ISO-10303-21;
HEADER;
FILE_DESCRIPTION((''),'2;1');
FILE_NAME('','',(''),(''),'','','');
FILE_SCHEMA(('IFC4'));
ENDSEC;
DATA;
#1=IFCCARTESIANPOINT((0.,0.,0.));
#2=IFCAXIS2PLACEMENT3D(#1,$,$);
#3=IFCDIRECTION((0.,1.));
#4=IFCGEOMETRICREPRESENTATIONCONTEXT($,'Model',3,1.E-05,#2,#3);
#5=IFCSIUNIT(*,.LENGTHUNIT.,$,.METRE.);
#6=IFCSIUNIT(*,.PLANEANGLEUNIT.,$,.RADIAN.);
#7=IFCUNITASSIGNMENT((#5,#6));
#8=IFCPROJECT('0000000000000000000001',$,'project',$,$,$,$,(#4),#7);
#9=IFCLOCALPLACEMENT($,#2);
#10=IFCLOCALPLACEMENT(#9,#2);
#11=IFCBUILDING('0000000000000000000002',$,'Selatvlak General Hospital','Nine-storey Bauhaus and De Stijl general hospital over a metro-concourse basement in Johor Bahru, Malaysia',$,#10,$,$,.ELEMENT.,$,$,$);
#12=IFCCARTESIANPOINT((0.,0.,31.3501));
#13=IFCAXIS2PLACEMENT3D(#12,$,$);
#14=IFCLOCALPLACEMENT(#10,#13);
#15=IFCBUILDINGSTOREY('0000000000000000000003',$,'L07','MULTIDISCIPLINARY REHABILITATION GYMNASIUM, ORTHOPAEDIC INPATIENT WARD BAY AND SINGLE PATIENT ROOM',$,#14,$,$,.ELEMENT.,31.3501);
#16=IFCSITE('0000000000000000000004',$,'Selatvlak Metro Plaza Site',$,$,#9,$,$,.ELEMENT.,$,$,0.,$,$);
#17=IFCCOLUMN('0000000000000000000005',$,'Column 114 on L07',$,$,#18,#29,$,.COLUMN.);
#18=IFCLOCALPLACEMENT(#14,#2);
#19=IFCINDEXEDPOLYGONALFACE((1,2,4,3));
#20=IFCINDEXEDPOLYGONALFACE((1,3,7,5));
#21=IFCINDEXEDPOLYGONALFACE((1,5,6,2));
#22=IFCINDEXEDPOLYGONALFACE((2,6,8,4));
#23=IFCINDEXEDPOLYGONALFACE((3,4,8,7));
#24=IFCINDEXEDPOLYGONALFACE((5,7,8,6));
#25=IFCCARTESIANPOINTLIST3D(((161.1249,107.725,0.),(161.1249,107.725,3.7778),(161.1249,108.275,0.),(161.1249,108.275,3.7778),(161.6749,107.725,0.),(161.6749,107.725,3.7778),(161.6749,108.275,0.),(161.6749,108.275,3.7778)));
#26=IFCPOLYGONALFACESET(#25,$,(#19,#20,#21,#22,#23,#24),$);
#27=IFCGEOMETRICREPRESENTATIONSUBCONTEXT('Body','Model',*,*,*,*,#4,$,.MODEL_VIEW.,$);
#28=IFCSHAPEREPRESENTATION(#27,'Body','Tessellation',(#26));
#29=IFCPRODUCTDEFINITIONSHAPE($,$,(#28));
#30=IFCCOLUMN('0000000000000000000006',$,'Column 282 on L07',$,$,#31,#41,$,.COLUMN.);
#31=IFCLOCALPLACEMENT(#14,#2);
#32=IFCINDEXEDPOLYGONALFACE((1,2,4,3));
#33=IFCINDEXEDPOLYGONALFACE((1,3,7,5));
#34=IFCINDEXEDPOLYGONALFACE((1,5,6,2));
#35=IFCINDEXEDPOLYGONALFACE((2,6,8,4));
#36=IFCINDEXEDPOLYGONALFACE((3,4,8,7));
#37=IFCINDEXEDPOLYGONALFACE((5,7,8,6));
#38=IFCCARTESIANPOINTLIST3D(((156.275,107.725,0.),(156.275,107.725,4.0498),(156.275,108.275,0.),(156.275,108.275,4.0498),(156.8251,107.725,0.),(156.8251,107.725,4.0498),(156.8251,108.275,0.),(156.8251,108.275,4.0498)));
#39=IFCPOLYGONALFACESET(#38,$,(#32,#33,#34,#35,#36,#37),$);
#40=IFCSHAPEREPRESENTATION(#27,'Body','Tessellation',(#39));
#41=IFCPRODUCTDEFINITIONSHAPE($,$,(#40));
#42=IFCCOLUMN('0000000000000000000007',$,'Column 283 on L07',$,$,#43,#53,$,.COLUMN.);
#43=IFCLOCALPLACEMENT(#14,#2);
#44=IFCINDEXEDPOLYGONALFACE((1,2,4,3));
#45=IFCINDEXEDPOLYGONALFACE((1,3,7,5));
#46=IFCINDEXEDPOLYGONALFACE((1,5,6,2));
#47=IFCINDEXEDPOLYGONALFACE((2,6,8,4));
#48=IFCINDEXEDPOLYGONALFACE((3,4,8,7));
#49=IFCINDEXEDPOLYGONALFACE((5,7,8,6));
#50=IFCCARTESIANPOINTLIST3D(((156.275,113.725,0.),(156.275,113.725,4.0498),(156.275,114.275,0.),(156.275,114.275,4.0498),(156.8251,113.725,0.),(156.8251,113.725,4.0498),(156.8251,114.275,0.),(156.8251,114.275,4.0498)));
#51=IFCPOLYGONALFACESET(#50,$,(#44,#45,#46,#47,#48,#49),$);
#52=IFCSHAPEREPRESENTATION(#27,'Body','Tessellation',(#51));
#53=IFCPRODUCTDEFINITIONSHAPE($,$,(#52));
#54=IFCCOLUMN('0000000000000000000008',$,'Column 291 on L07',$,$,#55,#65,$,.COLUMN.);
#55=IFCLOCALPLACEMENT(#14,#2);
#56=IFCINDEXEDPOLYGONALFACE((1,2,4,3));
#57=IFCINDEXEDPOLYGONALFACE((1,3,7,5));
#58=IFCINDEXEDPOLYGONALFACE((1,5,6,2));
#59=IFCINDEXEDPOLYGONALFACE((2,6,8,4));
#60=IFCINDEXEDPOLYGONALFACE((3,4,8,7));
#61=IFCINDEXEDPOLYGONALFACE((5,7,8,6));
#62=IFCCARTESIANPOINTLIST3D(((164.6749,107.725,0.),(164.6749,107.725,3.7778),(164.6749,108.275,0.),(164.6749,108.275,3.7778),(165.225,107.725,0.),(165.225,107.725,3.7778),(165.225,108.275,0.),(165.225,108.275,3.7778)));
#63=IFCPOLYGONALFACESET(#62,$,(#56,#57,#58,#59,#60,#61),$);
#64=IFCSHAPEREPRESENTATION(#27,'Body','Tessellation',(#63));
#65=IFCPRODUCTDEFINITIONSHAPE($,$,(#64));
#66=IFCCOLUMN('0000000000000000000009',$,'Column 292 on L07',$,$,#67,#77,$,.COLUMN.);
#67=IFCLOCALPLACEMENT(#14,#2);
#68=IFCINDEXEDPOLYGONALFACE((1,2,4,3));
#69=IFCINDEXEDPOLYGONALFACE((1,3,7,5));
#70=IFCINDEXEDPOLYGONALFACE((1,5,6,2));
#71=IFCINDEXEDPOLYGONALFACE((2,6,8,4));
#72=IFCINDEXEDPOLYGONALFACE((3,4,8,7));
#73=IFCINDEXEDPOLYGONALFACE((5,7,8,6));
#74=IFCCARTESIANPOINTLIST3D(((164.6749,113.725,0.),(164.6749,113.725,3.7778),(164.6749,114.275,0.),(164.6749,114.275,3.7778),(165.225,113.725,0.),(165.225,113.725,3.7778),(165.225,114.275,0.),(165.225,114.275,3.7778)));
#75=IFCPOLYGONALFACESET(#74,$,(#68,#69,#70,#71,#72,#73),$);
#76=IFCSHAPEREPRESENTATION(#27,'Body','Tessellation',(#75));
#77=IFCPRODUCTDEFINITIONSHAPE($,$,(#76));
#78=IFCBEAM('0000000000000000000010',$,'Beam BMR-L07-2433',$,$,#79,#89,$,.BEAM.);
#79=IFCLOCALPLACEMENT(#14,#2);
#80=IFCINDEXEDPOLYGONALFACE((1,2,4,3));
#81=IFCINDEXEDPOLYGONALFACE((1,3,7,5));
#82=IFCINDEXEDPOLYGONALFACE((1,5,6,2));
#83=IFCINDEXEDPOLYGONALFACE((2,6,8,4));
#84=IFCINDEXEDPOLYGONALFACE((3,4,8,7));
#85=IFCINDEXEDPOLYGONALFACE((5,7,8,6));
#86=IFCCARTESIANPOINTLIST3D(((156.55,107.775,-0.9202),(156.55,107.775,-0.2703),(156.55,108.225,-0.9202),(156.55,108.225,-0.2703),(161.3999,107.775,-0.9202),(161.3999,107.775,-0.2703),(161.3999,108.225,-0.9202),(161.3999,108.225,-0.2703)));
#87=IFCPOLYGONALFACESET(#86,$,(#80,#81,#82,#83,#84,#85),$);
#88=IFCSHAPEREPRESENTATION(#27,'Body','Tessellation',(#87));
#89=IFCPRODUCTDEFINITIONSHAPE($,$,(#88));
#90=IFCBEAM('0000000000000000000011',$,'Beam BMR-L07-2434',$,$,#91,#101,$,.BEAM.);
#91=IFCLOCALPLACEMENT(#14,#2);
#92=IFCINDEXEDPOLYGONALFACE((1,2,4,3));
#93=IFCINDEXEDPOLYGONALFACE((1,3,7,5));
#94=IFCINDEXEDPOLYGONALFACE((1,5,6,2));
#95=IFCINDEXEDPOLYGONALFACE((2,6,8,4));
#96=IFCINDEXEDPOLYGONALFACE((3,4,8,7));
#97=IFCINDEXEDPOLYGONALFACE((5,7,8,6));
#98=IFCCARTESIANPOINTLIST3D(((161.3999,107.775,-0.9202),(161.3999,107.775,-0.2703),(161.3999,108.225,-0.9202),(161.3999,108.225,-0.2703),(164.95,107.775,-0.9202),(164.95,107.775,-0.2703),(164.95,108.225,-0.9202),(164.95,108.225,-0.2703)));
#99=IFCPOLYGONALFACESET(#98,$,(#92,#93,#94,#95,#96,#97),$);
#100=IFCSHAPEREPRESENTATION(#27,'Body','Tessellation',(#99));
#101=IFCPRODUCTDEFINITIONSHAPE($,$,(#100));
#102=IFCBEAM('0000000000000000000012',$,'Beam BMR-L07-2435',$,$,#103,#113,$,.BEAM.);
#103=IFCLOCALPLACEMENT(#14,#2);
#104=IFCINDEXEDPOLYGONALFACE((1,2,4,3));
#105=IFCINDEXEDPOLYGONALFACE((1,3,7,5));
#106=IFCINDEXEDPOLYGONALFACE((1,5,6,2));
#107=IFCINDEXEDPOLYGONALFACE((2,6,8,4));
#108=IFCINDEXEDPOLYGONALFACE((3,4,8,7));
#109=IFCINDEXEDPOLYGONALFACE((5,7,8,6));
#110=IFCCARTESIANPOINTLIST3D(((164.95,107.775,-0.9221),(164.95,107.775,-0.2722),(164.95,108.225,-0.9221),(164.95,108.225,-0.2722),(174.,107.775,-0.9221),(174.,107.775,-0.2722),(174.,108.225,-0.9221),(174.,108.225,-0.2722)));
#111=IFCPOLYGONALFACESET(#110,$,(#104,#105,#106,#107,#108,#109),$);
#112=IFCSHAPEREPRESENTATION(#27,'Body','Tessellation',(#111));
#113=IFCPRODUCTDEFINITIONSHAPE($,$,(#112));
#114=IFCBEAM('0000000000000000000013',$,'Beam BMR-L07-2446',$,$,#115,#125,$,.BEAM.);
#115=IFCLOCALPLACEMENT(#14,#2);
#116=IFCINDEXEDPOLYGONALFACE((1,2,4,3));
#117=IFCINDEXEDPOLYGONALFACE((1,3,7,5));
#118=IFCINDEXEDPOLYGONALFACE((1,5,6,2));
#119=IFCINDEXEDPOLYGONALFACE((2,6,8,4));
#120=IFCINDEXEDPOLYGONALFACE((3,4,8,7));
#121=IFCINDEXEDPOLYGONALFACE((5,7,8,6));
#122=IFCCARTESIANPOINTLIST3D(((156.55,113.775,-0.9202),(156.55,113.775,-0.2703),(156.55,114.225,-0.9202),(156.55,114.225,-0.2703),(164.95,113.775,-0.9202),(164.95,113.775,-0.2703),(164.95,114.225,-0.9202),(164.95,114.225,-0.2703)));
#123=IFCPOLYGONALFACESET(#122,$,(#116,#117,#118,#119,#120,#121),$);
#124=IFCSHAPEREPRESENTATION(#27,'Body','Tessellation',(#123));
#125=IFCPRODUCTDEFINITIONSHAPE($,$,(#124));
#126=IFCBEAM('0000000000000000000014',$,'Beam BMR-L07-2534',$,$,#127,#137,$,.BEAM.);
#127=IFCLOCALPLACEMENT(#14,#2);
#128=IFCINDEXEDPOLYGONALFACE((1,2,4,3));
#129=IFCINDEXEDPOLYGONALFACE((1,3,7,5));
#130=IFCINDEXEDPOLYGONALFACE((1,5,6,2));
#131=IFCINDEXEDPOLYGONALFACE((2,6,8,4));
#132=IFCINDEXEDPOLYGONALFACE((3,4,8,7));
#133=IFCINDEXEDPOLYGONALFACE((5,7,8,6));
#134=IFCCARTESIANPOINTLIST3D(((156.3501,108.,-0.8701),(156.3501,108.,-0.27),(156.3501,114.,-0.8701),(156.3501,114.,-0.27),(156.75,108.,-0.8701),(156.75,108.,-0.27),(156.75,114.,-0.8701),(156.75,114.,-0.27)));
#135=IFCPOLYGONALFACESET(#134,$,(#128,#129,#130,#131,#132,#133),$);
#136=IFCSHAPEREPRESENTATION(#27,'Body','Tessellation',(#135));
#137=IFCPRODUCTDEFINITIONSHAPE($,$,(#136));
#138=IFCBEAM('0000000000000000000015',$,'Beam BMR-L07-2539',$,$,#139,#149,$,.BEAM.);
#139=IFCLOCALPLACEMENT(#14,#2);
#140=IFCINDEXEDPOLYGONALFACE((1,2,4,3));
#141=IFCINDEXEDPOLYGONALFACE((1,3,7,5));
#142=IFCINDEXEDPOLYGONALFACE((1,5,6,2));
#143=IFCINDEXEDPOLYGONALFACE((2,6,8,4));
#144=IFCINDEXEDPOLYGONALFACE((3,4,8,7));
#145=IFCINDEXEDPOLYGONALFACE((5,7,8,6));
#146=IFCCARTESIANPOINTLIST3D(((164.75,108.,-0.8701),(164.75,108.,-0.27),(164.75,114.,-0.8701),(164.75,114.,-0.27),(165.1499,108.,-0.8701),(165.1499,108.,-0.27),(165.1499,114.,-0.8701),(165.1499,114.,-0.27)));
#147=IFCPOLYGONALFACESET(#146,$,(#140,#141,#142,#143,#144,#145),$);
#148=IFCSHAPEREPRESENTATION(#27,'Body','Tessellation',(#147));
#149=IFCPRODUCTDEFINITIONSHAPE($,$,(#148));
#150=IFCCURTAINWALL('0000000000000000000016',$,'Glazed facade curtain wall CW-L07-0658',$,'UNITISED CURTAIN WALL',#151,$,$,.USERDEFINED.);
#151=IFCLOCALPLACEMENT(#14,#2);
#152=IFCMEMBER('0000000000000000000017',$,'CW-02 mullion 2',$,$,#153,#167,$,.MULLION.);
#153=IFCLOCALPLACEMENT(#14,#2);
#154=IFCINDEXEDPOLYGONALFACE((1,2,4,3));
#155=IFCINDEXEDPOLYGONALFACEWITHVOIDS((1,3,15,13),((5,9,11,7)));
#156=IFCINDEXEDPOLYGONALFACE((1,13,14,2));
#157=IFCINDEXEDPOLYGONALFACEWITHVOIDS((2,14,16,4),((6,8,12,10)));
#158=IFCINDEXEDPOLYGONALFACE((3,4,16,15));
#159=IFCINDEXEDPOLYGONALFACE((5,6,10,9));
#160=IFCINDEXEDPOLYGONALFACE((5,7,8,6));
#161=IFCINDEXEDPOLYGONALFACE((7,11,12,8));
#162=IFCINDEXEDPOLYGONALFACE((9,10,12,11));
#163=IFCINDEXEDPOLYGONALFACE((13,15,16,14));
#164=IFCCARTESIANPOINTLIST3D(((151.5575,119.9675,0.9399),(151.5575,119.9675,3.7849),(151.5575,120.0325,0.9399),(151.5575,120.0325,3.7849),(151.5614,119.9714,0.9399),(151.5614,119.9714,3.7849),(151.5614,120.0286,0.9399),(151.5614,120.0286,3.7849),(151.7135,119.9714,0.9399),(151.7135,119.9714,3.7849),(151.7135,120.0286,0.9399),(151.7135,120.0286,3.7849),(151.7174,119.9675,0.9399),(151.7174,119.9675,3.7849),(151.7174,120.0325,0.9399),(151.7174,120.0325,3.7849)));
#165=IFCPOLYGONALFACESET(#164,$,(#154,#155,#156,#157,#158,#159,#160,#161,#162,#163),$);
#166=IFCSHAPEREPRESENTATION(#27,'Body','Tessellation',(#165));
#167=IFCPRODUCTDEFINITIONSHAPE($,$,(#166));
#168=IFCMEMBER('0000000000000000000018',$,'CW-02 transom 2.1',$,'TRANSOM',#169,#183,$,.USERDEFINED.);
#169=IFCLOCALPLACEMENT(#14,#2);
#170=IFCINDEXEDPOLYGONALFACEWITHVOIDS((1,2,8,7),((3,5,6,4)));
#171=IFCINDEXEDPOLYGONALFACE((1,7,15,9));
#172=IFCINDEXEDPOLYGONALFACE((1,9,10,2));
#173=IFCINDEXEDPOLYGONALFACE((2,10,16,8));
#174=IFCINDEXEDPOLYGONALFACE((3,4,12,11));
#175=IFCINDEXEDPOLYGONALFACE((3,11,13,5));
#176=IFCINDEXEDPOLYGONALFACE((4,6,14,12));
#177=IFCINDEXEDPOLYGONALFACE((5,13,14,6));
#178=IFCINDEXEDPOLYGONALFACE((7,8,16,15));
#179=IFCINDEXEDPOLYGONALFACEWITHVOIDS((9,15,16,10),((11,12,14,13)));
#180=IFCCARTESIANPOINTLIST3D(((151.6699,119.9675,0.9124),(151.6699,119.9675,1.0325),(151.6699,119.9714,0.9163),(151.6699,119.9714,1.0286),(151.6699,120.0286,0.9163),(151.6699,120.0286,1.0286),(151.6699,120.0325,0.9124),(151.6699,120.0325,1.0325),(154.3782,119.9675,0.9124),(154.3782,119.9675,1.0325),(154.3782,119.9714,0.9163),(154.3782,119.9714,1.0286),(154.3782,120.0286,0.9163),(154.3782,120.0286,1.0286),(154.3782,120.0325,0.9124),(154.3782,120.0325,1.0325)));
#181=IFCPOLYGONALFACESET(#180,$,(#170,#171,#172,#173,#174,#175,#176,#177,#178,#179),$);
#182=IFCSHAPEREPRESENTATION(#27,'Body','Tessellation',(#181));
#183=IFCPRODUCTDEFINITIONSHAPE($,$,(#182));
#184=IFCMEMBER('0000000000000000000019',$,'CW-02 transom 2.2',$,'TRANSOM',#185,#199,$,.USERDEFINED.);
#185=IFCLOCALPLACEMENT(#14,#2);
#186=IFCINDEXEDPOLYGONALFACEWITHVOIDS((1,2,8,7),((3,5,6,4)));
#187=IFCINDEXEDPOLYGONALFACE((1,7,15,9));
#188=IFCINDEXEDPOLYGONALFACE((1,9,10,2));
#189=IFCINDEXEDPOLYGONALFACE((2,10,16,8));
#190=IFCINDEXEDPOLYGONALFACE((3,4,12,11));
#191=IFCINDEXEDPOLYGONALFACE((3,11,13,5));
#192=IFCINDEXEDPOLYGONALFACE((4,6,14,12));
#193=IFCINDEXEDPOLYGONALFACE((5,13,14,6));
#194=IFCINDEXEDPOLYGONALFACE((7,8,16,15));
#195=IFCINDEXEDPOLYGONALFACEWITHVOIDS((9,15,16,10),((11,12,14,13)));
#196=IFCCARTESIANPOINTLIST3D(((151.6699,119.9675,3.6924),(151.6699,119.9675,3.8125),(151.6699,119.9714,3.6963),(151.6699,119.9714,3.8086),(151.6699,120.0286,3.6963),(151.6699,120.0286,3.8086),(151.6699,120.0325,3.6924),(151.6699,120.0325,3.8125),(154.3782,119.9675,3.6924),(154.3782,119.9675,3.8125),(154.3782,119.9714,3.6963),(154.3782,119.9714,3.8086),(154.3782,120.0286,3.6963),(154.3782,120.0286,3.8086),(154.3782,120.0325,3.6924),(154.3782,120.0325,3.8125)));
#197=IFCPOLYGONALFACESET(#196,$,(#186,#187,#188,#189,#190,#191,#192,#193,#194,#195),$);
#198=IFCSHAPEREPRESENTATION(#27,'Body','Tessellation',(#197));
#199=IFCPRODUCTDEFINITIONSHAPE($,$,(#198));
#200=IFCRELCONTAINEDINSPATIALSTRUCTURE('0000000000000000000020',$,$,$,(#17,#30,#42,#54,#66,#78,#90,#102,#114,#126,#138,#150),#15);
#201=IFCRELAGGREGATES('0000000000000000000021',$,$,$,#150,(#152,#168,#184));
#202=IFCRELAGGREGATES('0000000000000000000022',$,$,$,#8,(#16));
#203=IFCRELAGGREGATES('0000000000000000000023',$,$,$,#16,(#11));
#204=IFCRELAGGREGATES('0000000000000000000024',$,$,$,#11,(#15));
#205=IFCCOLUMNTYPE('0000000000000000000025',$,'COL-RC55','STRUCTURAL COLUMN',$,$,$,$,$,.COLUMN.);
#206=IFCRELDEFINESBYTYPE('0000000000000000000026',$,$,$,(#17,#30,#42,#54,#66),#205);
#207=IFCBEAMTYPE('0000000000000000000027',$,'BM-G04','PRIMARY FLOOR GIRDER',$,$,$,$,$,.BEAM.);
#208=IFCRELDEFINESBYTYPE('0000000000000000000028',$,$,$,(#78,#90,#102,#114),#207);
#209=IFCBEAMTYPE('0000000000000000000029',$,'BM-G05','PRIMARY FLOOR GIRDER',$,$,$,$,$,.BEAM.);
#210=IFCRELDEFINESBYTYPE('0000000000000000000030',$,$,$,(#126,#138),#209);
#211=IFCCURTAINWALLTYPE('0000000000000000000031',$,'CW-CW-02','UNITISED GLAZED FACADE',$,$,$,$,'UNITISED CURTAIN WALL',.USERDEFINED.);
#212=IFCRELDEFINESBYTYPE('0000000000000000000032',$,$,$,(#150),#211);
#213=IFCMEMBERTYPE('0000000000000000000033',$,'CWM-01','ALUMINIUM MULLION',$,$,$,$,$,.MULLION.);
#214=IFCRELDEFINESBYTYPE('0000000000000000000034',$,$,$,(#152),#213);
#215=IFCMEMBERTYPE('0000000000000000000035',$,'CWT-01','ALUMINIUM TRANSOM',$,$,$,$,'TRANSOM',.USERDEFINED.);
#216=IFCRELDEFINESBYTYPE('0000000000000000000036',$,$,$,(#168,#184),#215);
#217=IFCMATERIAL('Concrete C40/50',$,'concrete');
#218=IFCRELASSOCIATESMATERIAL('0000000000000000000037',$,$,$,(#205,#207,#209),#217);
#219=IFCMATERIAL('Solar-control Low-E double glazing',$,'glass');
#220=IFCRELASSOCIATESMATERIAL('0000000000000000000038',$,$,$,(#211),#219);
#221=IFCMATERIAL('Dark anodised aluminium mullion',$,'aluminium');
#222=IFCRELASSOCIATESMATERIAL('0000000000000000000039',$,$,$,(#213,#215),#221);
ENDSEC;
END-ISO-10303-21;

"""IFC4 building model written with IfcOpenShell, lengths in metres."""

from ifc_helpers import new_model, si_unit, direction, frame, origin, origin_2d, place, context, subcontext, project, spatial, rectangle, hollow_rectangle, extrude, material, material_profile, profile_set, type_object, element, aggregate, save


model = new_model("IFC4")

# Units and contexts
model_context = context("Model", 3, precision=1e-05, world=origin(), true_north=direction((0.0, 1.0)))
body_context = subcontext(model_context, "Body", "Model", "MODEL_VIEW")
ifc_project = project(units=[si_unit("LENGTHUNIT", "METRE"), si_unit("PLANEANGLEUNIT", "RADIAN")], contexts=[model_context])

# Site, building, storey
site_placement = place(None, origin())
site = spatial("IfcSite", under=ifc_project, at=site_placement, Name="Selatvlak Metro Plaza Site", CompositionType="ELEMENT", RefElevation=0.0)
building_placement = place(site_placement, origin())
building = spatial("IfcBuilding", under=site, at=building_placement, Name="Selatvlak General Hospital", Description="Nine-storey Bauhaus and De Stijl general hospital over a metro-concourse basement in Johor Bahru, Malaysia", CompositionType="ELEMENT")
storey_placement = place(building_placement, frame((0.0, 0.0, 31.3501)))
storey = spatial("IfcBuildingStorey", under=building, at=storey_placement, Name="L07", Description="MULTIDISCIPLINARY REHABILITATION GYMNASIUM, ORTHOPAEDIC INPATIENT WARD BAY AND SINGLE PATIENT ROOM", CompositionType="ELEMENT", Elevation=31.3501)

# Columns
ifc_material_1 = material(Name="Concrete C40/50", Category="concrete")
ifc_material_profile_1 = material_profile(ifc_material_1, rectangle(XDim=0.55, YDim=0.55, at=origin_2d()), Name="RC-COL 550x550")
ifc_profile_set_1 = profile_set([ifc_material_profile_1], Name="Concrete C40/50")
column_type = type_object("IfcColumnType", Name="COL-RC55", Description="STRUCTURAL COLUMN", PredefinedType="COLUMN", material=ifc_profile_set_1)
column_placement = place(storey_placement, frame((161.3999, 108.0, 0.0), z_axis=(0.0, 0.0, 1.0), x_axis=(1.0, 0.0, 0.0)))
element("IfcColumn", 1, at=column_placement, inside=storey, type_object=column_type, Name="Column 114 on L07", PredefinedType="COLUMN", context=body_context, shape_type="SweptSolid", body=[
    extrude(rectangle(XDim=0.55, YDim=0.55, at=origin_2d()), origin(), (0.0, 0.0, 1.0), 3.7778),
])
for number, where, z_axis, x_axis, name in (
    (2, (156.55, 108.0, 0.0), (0.0, 0.0, 1.0), (1.0, 0.0, 0.0), "Column 282 on L07"),
    (3, (156.55, 114.0, 0.0), (0.0, 0.0, 1.0), (1.0, 0.0, 0.0), "Column 283 on L07"),
):
    element("IfcColumn", number, at=place(storey_placement, frame(where, z_axis=z_axis, x_axis=x_axis)), inside=storey, type_object=column_type, Name=name, PredefinedType="COLUMN", context=body_context, shape_type="SweptSolid", body=[
        extrude(rectangle(XDim=0.55, YDim=0.55, at=origin_2d()), origin(), (0.0, 0.0, 1.0), 4.0498),
    ])
for number, where, z_axis, x_axis, name in (
    (4, (164.95, 108.0, 0.0), (0.0, 0.0, 1.0), (1.0, 0.0, 0.0), "Column 291 on L07"),
    (5, (164.95, 114.0, 0.0), (0.0, 0.0, 1.0), (1.0, 0.0, 0.0), "Column 292 on L07"),
):
    element("IfcColumn", number, at=place(storey_placement, frame(where, z_axis=z_axis, x_axis=x_axis)), inside=storey, type_object=column_type, Name=name, PredefinedType="COLUMN", context=body_context, shape_type="SweptSolid", body=[
        extrude(rectangle(XDim=0.55, YDim=0.55, at=origin_2d()), origin(), (0.0, 0.0, 1.0), 3.7778),
    ])

# Beams
ifc_material_profile_2 = material_profile(ifc_material_1, rectangle(XDim=0.45, YDim=0.6499, at=origin_2d()), Name="RC-BM 450x650")
ifc_profile_set_2 = profile_set([ifc_material_profile_2], Name="Concrete C40/50")
beam_type_1 = type_object("IfcBeamType", Name="BM-G04", Description="PRIMARY FLOOR GIRDER", PredefinedType="BEAM", material=ifc_profile_set_2)
beam_1_placement = place(storey_placement, frame((156.55, 108.0, -0.5952), z_axis=(1.0, 0.0, 0.0), x_axis=(0.0, 1.0, 0.0)))
element("IfcBeam", 6, at=beam_1_placement, inside=storey, type_object=beam_type_1, Name="Beam BMR-L07-2433", PredefinedType="BEAM", context=body_context, shape_type="SweptSolid", body=[
    extrude(rectangle(XDim=0.45, YDim=0.6499, at=origin_2d()), origin(), (0.0, 0.0, 1.0), 4.8499),
])
beam_2_placement = place(storey_placement, frame((161.3999, 108.0, -0.5952), z_axis=(1.0, 0.0, 0.0), x_axis=(0.0, 1.0, 0.0)))
element("IfcBeam", 7, at=beam_2_placement, inside=storey, type_object=beam_type_1, Name="Beam BMR-L07-2434", PredefinedType="BEAM", context=body_context, shape_type="SweptSolid", body=[
    extrude(rectangle(XDim=0.45, YDim=0.6499, at=origin_2d()), origin(), (0.0, 0.0, 1.0), 3.55),
])
beam_3_placement = place(storey_placement, frame((164.95, 108.0, -0.5972), z_axis=(1.0, 0.0, 0.0), x_axis=(0.0, 1.0, 0.0)))
element("IfcBeam", 8, at=beam_3_placement, inside=storey, type_object=beam_type_1, Name="Beam BMR-L07-2435", PredefinedType="BEAM", context=body_context, shape_type="SweptSolid", body=[
    extrude(rectangle(XDim=0.45, YDim=0.6499, at=origin_2d()), origin(), (0.0, 0.0, 1.0), 9.05),
])
beam_4_placement = place(storey_placement, frame((156.55, 114.0, -0.5952), z_axis=(1.0, 0.0, 0.0), x_axis=(0.0, 1.0, 0.0)))
element("IfcBeam", 9, at=beam_4_placement, inside=storey, type_object=beam_type_1, Name="Beam BMR-L07-2446", PredefinedType="BEAM", context=body_context, shape_type="SweptSolid", body=[
    extrude(rectangle(XDim=0.45, YDim=0.6499, at=origin_2d()), origin(), (0.0, 0.0, 1.0), 8.3999),
])
ifc_material_profile_3 = material_profile(ifc_material_1, rectangle(XDim=0.3999, YDim=0.6001, at=origin_2d()), Name="RC-BM 400x600")
ifc_profile_set_3 = profile_set([ifc_material_profile_3], Name="Concrete C40/50")
beam_type_2 = type_object("IfcBeamType", Name="BM-G05", Description="PRIMARY FLOOR GIRDER", PredefinedType="BEAM", material=ifc_profile_set_3)
for number, where, z_axis, x_axis, name in (
    (10, (156.55, 108.0, -0.5701), (0.0, 1.0, 0.0), (-1.0, 0.0, 0.0), "Beam BMR-L07-2534"),
    (11, (164.95, 108.0, -0.5701), (0.0, 1.0, 0.0), (-1.0, 0.0, 0.0), "Beam BMR-L07-2539"),
):
    element("IfcBeam", number, at=place(storey_placement, frame(where, z_axis=z_axis, x_axis=x_axis)), inside=storey, type_object=beam_type_2, Name=name, PredefinedType="BEAM", context=body_context, shape_type="SweptSolid", body=[
        extrude(rectangle(XDim=0.3999, YDim=0.6001, at=origin_2d()), origin(), (0.0, 0.0, 1.0), 6.0),
    ])

# Curtain wall, members
ifc_material_2 = material(Name="Solar-control Low-E double glazing", Category="glass")
curtain_wall_type = type_object("IfcCurtainWallType", Name="CW-CW-02", Description="UNITISED GLAZED FACADE", ElementType="UNITISED CURTAIN WALL", PredefinedType="USERDEFINED", material=ifc_material_2)
curtain_wall_placement = place(storey_placement, origin())
curtain_wall = element("IfcCurtainWall", 12, at=curtain_wall_placement, inside=storey, type_object=curtain_wall_type, Name="Glazed facade curtain wall CW-L07-0658", ObjectType="UNITISED CURTAIN WALL", PredefinedType="USERDEFINED")
ifc_material_3 = material(Name="Dark anodised aluminium mullion", Category="aluminium")
ifc_material_profile_4 = material_profile(ifc_material_3, hollow_rectangle(XDim=0.0649, YDim=0.1599, WallThickness=0.0039, at=origin_2d()), Name="AL-MUL 65x160x4")
ifc_profile_set_4 = profile_set([ifc_material_profile_4], Name="Dark anodised aluminium mullion")
member_type_1 = type_object("IfcMemberType", Name="CWM-01", Description="ALUMINIUM MULLION", PredefinedType="MULLION", material=ifc_profile_set_4)
member_1_placement = place(storey_placement, frame((151.6375, 120.0, 0.9399), z_axis=(0.0, 0.0, 1.0), x_axis=(0.0, 1.0, 0.0)))
member_1 = element("IfcMember", 13, at=member_1_placement, type_object=member_type_1, Name="CW-02 mullion 2", PredefinedType="MULLION", context=body_context, shape_type="SweptSolid", body=[
    extrude(hollow_rectangle(XDim=0.0649, YDim=0.1599, WallThickness=0.0039, at=origin_2d()), origin(), (0.0, 0.0, 1.0), 2.845),
])
ifc_material_profile_5 = material_profile(ifc_material_3, hollow_rectangle(XDim=0.0649, YDim=0.1201, WallThickness=0.0039, at=origin_2d()), Name="AL-TRN 65x120x4")
ifc_profile_set_5 = profile_set([ifc_material_profile_5], Name="Dark anodised aluminium mullion")
member_type_2 = type_object("IfcMemberType", Name="CWT-01", Description="ALUMINIUM TRANSOM", ElementType="TRANSOM", PredefinedType="USERDEFINED", material=ifc_profile_set_5)
member_2_placement = place(storey_placement, frame((151.6699, 120.0, 0.9724), z_axis=(1.0, 0.0, 0.0), x_axis=(0.0, 1.0, 0.0)))
member_2 = element("IfcMember", 14, at=member_2_placement, type_object=member_type_2, Name="CW-02 transom 2.1", ObjectType="TRANSOM", PredefinedType="USERDEFINED", context=body_context, shape_type="SweptSolid", body=[
    extrude(hollow_rectangle(XDim=0.0649, YDim=0.1201, WallThickness=0.0039, at=origin_2d()), origin(), (0.0, 0.0, 1.0), 2.7083),
])
member_3_placement = place(storey_placement, frame((151.6699, 120.0, 3.7524), z_axis=(1.0, 0.0, 0.0), x_axis=(0.0, 1.0, 0.0)))
member_3 = element("IfcMember", 15, at=member_3_placement, type_object=member_type_2, Name="CW-02 transom 2.2", ObjectType="TRANSOM", PredefinedType="USERDEFINED", context=body_context, shape_type="SweptSolid", body=[
    extrude(hollow_rectangle(XDim=0.0649, YDim=0.1201, WallThickness=0.0039, at=origin_2d()), origin(), (0.0, 0.0, 1.0), 2.7083),
])
aggregate(curtain_wall, [member_1, member_2, member_3])

save(model, "model.ifc")
